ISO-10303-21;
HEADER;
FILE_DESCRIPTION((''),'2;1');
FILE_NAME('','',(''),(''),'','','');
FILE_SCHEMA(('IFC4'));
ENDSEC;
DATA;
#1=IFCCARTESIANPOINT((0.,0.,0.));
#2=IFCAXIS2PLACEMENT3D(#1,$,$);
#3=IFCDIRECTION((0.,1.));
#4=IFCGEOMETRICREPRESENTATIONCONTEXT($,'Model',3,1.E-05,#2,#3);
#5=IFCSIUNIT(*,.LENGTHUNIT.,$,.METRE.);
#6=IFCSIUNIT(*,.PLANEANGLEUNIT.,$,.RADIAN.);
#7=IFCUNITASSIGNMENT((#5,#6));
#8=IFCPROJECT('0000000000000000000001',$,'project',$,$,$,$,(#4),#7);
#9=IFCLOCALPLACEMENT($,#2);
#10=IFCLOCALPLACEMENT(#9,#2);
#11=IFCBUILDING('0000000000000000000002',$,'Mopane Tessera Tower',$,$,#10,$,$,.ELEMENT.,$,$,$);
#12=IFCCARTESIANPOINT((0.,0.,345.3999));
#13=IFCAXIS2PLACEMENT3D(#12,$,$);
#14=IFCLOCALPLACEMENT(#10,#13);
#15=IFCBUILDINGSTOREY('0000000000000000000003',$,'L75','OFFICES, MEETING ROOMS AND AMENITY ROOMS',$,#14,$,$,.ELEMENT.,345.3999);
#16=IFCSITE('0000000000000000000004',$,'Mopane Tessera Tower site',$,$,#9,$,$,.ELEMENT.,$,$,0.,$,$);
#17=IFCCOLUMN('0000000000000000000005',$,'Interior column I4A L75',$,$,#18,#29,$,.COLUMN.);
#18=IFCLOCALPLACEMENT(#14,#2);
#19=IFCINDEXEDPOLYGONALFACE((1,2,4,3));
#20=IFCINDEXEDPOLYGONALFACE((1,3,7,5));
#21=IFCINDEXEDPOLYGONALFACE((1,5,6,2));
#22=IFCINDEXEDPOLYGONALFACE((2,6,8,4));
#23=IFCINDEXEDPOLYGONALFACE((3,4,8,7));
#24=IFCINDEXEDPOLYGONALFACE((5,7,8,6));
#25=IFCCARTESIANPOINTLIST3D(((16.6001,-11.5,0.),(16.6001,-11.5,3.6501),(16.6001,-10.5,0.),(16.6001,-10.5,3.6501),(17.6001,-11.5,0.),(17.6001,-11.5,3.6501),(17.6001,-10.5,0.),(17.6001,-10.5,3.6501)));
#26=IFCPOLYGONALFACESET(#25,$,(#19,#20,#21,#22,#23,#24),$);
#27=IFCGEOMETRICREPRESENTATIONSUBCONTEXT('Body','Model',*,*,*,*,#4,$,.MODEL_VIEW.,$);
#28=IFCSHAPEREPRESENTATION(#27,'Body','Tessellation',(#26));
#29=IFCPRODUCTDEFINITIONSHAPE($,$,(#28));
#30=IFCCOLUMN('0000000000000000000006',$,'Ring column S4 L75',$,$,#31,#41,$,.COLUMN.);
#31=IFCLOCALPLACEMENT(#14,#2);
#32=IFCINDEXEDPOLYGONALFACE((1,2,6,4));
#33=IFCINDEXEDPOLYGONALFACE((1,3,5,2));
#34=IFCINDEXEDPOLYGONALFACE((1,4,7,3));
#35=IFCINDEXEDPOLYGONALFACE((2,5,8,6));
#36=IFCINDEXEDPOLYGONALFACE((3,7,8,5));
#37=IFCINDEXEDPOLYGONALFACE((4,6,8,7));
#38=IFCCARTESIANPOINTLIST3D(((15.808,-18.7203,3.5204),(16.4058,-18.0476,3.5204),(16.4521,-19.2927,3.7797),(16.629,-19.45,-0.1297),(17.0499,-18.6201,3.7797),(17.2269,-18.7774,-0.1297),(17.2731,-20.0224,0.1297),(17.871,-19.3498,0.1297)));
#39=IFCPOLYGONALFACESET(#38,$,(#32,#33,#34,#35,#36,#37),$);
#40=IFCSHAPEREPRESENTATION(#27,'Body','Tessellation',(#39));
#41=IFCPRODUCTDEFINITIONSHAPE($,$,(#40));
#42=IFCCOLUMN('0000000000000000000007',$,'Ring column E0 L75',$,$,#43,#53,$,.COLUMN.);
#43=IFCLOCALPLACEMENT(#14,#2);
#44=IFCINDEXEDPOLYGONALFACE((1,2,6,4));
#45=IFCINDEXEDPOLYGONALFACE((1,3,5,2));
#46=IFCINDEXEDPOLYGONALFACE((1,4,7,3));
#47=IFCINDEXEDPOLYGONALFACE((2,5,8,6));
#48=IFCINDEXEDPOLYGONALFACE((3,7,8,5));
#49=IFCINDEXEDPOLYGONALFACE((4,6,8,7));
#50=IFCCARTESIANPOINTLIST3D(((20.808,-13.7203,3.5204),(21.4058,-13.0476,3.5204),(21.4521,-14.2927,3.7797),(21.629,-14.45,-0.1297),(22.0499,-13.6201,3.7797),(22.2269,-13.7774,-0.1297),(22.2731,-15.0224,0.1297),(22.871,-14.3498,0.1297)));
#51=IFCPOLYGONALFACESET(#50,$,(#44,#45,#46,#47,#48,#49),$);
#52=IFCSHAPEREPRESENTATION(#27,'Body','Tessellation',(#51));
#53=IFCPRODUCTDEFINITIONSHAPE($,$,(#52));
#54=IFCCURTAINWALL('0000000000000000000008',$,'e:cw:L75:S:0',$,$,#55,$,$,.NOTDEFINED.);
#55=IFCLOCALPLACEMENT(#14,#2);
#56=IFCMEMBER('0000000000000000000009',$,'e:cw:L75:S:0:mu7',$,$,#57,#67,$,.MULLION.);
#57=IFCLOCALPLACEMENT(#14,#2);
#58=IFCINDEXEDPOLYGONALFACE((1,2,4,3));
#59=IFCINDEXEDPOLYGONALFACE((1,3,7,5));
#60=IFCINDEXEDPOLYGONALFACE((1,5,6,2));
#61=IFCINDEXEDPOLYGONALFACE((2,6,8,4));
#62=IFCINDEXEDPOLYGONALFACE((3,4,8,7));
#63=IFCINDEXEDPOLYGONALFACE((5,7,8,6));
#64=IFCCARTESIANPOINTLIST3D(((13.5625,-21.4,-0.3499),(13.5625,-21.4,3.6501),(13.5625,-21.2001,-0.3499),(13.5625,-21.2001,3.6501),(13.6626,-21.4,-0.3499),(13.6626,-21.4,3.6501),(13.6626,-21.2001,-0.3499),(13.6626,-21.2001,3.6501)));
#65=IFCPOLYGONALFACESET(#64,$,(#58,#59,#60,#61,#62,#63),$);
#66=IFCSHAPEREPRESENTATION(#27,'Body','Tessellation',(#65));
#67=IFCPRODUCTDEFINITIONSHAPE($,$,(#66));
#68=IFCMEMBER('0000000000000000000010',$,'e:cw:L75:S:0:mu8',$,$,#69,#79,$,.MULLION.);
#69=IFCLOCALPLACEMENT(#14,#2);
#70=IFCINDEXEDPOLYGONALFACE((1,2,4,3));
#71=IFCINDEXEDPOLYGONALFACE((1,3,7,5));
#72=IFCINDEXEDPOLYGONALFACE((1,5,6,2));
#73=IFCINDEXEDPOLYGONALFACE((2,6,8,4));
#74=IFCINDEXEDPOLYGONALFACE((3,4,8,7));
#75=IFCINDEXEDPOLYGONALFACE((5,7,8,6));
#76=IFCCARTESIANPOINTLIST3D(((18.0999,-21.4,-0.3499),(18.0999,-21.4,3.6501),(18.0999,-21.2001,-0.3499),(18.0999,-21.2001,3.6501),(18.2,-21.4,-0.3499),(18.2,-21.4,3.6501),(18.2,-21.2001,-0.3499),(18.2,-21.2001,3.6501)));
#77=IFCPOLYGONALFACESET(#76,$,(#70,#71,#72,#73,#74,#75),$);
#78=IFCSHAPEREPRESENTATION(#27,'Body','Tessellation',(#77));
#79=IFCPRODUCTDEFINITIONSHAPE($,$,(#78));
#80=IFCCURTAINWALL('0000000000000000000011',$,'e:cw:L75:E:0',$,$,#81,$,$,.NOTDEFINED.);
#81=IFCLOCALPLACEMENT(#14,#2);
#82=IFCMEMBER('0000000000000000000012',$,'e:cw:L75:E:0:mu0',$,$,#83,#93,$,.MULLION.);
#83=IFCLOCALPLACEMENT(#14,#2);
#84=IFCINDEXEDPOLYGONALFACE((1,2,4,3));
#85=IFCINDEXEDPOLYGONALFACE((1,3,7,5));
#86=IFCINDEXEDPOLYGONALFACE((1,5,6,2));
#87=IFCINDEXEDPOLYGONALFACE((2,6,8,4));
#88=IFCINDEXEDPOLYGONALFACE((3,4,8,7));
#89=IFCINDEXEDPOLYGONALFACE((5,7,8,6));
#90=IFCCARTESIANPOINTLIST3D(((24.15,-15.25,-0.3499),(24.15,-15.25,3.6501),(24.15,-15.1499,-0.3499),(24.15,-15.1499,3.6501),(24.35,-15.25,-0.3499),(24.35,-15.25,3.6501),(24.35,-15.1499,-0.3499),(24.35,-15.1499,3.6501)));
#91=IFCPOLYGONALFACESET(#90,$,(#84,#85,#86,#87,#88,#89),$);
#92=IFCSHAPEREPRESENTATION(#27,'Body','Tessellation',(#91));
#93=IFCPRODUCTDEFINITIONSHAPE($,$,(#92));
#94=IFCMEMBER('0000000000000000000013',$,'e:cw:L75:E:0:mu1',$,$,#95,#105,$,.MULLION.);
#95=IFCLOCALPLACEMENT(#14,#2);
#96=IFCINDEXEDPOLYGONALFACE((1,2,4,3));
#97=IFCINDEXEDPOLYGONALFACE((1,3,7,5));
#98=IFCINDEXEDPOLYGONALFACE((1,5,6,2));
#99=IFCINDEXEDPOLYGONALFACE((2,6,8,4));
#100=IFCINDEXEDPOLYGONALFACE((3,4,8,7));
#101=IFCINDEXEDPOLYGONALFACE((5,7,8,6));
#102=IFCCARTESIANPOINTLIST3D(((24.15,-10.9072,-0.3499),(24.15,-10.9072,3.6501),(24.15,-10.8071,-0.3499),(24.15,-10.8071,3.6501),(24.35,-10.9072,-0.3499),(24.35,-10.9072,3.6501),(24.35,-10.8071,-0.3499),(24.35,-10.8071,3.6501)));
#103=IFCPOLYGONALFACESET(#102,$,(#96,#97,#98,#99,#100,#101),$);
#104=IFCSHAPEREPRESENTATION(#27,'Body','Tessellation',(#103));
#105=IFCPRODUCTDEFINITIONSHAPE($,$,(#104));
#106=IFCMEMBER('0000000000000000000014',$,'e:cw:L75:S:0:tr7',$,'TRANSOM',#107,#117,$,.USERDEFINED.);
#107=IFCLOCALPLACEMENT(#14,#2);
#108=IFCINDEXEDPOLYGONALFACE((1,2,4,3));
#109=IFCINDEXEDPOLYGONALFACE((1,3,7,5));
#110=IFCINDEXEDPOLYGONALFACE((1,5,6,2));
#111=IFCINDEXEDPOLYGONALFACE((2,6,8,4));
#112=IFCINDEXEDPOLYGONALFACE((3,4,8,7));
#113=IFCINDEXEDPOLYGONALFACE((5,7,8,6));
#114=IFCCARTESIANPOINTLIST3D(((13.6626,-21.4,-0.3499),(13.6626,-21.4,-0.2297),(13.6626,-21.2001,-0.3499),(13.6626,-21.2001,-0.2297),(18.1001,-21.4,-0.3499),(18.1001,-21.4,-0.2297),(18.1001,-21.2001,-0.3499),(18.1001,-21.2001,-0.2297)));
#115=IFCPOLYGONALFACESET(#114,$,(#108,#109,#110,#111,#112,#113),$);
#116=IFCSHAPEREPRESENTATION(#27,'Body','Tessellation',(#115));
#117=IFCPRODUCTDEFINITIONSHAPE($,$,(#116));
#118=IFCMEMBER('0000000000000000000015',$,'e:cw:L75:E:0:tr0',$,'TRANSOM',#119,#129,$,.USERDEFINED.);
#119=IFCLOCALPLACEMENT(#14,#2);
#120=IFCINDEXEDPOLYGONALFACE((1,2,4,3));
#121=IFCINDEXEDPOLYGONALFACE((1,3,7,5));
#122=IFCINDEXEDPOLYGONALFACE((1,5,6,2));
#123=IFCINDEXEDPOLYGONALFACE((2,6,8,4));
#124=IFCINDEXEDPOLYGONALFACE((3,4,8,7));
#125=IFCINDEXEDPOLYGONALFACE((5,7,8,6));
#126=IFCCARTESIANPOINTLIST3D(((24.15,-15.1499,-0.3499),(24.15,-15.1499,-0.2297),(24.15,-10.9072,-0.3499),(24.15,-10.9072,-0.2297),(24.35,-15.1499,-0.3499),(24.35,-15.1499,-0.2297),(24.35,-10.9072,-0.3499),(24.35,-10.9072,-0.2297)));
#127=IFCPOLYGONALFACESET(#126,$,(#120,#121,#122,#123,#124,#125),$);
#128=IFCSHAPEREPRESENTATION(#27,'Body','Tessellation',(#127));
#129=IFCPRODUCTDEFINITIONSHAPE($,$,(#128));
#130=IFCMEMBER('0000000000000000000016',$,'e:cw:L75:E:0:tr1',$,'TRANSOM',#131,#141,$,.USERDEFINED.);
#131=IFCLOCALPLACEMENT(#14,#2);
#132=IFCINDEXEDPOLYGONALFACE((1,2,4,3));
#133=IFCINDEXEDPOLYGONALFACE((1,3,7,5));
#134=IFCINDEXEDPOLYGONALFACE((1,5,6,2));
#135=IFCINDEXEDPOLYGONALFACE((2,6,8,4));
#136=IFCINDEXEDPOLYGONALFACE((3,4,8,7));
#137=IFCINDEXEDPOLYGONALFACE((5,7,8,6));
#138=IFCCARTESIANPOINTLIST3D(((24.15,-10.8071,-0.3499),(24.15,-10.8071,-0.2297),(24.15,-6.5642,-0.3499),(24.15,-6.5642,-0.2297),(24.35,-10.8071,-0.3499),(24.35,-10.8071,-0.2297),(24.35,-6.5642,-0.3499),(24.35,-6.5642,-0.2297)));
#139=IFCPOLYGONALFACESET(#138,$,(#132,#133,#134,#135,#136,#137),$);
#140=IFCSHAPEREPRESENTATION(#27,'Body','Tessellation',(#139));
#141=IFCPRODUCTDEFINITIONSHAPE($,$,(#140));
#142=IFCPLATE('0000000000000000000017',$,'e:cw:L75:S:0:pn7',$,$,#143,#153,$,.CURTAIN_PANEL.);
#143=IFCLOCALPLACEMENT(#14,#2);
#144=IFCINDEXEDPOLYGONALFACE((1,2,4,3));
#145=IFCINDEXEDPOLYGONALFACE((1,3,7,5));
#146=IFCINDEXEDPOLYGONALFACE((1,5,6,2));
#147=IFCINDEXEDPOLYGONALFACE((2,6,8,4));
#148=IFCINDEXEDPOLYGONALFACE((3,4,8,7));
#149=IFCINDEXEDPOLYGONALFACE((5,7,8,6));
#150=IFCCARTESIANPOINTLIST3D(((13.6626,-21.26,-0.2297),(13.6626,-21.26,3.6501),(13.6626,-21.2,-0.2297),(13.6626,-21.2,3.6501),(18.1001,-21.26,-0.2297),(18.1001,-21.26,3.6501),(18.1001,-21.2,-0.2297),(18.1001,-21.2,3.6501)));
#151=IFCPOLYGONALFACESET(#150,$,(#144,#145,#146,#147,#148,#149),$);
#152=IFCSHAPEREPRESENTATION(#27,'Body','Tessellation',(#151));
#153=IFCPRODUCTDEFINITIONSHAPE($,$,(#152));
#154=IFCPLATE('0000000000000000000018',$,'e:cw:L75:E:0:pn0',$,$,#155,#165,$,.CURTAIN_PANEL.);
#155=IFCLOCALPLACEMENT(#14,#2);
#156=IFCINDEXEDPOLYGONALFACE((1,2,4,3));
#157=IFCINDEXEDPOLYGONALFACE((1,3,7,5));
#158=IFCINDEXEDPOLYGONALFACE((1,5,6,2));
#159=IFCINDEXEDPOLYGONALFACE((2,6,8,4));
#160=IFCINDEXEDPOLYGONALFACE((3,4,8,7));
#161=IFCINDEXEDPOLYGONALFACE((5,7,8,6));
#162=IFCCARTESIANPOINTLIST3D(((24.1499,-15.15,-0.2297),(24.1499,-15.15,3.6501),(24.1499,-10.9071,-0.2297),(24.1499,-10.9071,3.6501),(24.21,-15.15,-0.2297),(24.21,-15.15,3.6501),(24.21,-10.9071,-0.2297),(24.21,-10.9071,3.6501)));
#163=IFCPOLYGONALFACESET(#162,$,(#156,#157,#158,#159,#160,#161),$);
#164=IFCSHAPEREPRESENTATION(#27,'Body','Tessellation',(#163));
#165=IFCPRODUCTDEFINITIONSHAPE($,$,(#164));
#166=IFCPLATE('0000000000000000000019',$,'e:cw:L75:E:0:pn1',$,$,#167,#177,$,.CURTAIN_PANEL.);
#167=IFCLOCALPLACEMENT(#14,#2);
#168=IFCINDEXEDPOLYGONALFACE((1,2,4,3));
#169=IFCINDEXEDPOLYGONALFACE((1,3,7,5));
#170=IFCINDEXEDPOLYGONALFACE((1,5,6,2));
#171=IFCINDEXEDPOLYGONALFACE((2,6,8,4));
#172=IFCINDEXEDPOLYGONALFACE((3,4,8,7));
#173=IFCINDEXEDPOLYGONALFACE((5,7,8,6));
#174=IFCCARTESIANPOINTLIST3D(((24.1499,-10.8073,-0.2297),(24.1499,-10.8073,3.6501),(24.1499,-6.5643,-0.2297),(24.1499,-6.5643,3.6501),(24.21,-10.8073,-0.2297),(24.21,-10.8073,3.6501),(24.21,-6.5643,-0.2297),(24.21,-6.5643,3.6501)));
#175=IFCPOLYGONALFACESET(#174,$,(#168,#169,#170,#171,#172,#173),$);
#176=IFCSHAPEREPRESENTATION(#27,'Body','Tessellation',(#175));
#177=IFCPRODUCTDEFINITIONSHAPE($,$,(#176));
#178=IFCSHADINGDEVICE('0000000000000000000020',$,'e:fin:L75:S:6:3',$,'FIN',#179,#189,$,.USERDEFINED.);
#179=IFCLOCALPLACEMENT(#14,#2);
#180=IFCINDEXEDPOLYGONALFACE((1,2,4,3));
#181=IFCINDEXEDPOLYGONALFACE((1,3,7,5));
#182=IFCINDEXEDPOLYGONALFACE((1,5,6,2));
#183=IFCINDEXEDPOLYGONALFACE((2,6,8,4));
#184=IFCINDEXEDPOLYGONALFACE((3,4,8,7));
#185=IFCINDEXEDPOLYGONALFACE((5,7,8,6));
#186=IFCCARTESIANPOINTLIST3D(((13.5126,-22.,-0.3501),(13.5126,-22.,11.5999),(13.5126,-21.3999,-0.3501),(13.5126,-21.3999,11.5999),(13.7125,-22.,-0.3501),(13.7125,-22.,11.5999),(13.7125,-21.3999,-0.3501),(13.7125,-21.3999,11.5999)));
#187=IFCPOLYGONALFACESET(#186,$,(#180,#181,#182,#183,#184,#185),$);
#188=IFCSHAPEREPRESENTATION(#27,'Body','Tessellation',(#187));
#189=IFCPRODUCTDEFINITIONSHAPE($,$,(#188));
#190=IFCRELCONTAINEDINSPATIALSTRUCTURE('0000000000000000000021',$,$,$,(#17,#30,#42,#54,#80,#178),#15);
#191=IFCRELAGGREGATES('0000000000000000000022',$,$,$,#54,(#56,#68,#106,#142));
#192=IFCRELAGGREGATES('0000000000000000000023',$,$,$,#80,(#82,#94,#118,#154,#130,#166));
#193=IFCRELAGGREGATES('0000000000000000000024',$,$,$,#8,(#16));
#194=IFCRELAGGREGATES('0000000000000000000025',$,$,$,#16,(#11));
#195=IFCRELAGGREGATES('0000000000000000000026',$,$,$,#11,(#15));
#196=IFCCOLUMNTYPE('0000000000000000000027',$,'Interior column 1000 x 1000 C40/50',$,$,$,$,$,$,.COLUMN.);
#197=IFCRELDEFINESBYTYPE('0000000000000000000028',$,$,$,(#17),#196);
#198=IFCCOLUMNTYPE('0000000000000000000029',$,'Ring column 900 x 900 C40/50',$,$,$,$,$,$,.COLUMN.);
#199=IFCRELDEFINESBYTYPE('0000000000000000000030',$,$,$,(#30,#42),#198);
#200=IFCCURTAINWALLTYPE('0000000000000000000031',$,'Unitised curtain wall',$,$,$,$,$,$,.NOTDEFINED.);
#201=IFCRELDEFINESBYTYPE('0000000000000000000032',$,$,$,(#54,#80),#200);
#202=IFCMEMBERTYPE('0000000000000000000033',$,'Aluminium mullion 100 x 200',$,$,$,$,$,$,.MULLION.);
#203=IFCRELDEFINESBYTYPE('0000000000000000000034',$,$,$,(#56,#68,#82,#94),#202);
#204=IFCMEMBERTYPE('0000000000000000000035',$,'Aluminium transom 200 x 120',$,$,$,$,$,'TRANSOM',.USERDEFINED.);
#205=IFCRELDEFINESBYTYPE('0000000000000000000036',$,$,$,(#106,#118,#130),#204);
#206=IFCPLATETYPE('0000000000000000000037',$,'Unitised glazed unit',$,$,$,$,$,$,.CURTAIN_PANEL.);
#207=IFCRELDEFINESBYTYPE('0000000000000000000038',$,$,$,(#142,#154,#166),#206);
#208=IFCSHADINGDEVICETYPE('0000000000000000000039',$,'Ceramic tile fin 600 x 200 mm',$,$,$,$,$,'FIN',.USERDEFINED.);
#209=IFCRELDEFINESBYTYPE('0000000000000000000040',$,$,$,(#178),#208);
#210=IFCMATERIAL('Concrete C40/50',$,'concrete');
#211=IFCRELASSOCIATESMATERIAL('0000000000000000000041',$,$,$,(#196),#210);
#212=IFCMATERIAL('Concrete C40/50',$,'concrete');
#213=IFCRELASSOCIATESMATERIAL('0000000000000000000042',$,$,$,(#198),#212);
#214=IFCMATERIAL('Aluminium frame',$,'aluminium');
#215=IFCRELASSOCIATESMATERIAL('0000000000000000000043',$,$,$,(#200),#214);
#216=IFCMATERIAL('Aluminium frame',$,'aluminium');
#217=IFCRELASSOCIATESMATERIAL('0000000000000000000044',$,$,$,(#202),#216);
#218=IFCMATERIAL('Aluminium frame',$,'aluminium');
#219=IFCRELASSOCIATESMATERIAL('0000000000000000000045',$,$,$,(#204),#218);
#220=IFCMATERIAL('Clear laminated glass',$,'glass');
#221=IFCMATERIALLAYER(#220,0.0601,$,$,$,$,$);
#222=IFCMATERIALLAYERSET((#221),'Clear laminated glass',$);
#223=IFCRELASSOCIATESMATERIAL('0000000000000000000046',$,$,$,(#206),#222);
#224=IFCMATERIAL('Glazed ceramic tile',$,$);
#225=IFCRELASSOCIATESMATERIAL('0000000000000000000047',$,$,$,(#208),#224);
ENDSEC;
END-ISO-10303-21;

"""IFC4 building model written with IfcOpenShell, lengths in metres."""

from ifc_helpers import new_model, si_unit, direction, frame, origin, origin_2d, place, context, subcontext, project, spatial, rectangle, extrude, material, layer, layer_set, material_profile, profile_set, type_object, element, aggregate, save


model = new_model("IFC4")

# Units and contexts
model_context = context("Model", 3, precision=1e-05, world=origin(), true_north=direction((0.0, 1.0)))
body_context = subcontext(model_context, "Body", "Model", "MODEL_VIEW")
ifc_project = project(units=[si_unit("LENGTHUNIT", "METRE"), si_unit("PLANEANGLEUNIT", "RADIAN")], contexts=[model_context])

# Site, building, storey
site_placement = place(None, origin())
site = spatial("IfcSite", under=ifc_project, at=site_placement, Name="Mopane Tessera Tower site", CompositionType="ELEMENT", RefElevation=0.0)
building_placement = place(site_placement, origin())
building = spatial("IfcBuilding", under=site, at=building_placement, Name="Mopane Tessera Tower", CompositionType="ELEMENT")
storey_placement = place(building_placement, frame((0.0, 0.0, 345.3999)))
storey = spatial("IfcBuildingStorey", under=building, at=storey_placement, Name="L75", Description="OFFICES, MEETING ROOMS AND AMENITY ROOMS", CompositionType="ELEMENT", Elevation=345.3999)

# Columns
ifc_material_1 = material(Name="Concrete C40/50", Category="concrete")
ifc_material_profile_1 = material_profile(ifc_material_1, rectangle(XDim=1.0, YDim=1.0, at=origin_2d()))
ifc_profile_set_1 = profile_set([ifc_material_profile_1], Name="Concrete C40/50")
column_type_1 = type_object("IfcColumnType", Name="Interior column 1000 x 1000 C40/50", PredefinedType="COLUMN", material=ifc_profile_set_1)
column_placement = place(storey_placement, frame((17.1001, -11.0, 0.0), z_axis=(0.0, 0.0, 1.0), x_axis=(1.0, 0.0, 0.0)))
element("IfcColumn", 1, at=column_placement, inside=storey, type_object=column_type_1, Name="Interior column I4A L75", PredefinedType="COLUMN", context=body_context, shape_type="SweptSolid", body=[
    extrude(rectangle(XDim=1.0, YDim=1.0, at=origin_2d()), origin(), (0.0, 0.0, 1.0), 3.6501),
])
ifc_material_2 = material(Name="Concrete C40/50", Category="concrete")
ifc_material_profile_2 = material_profile(ifc_material_2, rectangle(XDim=0.8999, YDim=0.8999, at=origin_2d()))
ifc_profile_set_2 = profile_set([ifc_material_profile_2], Name="Concrete C40/50")
column_type_2 = type_object("IfcColumnType", Name="Ring column 900 x 900 C40/50", PredefinedType="COLUMN", material=ifc_profile_set_2)
for number, where, z_axis, x_axis, name in (
    (2, (17.25, -19.3999, 0.0), (-0.215393, 0.191439, 0.957579), (-0.664322, -0.747446, 0.0), "Ring column S4 L75"),
    (3, (22.25, -14.3999, 0.0), (-0.215393, 0.191439, 0.957579), (-0.664322, -0.747446, 0.0), "Ring column E0 L75"),
):
    element("IfcColumn", number, at=place(storey_placement, frame(where, z_axis=z_axis, x_axis=x_axis)), inside=storey, type_object=column_type_2, Name=name, PredefinedType="COLUMN", context=body_context, shape_type="SweptSolid", body=[
        extrude(rectangle(XDim=0.8999, YDim=0.8999, at=origin_2d()), origin(), (0.0, 0.0, 1.0), 3.8118),
    ])

# Curtain walls, members
ifc_material_3 = material(Name="Aluminium frame", Category="aluminium")
curtain_wall_type = type_object("IfcCurtainWallType", Name="Unitised curtain wall", PredefinedType="NOTDEFINED", material=ifc_material_3)
curtain_wall_1_placement = place(storey_placement, origin())
curtain_wall_1 = element("IfcCurtainWall", 4, at=curtain_wall_1_placement, inside=storey, type_object=curtain_wall_type, Name="e:cw:L75:S:0", PredefinedType="NOTDEFINED")
ifc_material_4 = material(Name="Aluminium frame", Category="aluminium")
ifc_material_profile_3 = material_profile(ifc_material_4, rectangle(XDim=0.1001, YDim=0.2, at=origin_2d()))
ifc_profile_set_3 = profile_set([ifc_material_profile_3], Name="Aluminium frame")
member_type_1 = type_object("IfcMemberType", Name="Aluminium mullion 100 x 200", PredefinedType="MULLION", material=ifc_profile_set_3)
member_1_placement = place(storey_placement, frame((13.6125, -21.3, -0.3499), z_axis=(0.0, 0.0, 1.0), x_axis=(1.0, 0.0, 0.0)))
member_1 = element("IfcMember", 5, at=member_1_placement, type_object=member_type_1, Name="e:cw:L75:S:0:mu7", PredefinedType="MULLION", context=body_context, shape_type="SweptSolid", body=[
    extrude(rectangle(XDim=0.1001, YDim=0.2, at=origin_2d()), origin(), (0.0, 0.0, 1.0), 4.0),
])
member_2_placement = place(storey_placement, frame((18.1499, -21.3, -0.3499), z_axis=(0.0, 0.0, 1.0), x_axis=(1.0, 0.0, 0.0)))
member_2 = element("IfcMember", 6, at=member_2_placement, type_object=member_type_1, Name="e:cw:L75:S:0:mu8", PredefinedType="MULLION", context=body_context, shape_type="SweptSolid", body=[
    extrude(rectangle(XDim=0.1001, YDim=0.2, at=origin_2d()), origin(), (0.0, 0.0, 1.0), 4.0),
])
curtain_wall_2_placement = place(storey_placement, origin())
curtain_wall_2 = element("IfcCurtainWall", 7, at=curtain_wall_2_placement, inside=storey, type_object=curtain_wall_type, Name="e:cw:L75:E:0", PredefinedType="NOTDEFINED")
member_3_placement = place(storey_placement, frame((24.25, -15.2, -0.3499), z_axis=(0.0, 0.0, 1.0), x_axis=(0.0, 1.0, 0.0)))
member_3 = element("IfcMember", 8, at=member_3_placement, type_object=member_type_1, Name="e:cw:L75:E:0:mu0", PredefinedType="MULLION", context=body_context, shape_type="SweptSolid", body=[
    extrude(rectangle(XDim=0.1001, YDim=0.2, at=origin_2d()), origin(), (0.0, 0.0, 1.0), 4.0),
])
member_4_placement = place(storey_placement, frame((24.25, -10.8572, -0.3499), z_axis=(0.0, 0.0, 1.0), x_axis=(0.0, 1.0, 0.0)))
member_4 = element("IfcMember", 9, at=member_4_placement, type_object=member_type_1, Name="e:cw:L75:E:0:mu1", PredefinedType="MULLION", context=body_context, shape_type="SweptSolid", body=[
    extrude(rectangle(XDim=0.1001, YDim=0.2, at=origin_2d()), origin(), (0.0, 0.0, 1.0), 4.0),
])

# Members
ifc_material_5 = material(Name="Aluminium frame", Category="aluminium")
ifc_material_profile_4 = material_profile(ifc_material_5, rectangle(XDim=0.2, YDim=0.1201, at=origin_2d()))
ifc_profile_set_4 = profile_set([ifc_material_profile_4], Name="Aluminium frame")
member_type_2 = type_object("IfcMemberType", Name="Aluminium transom 200 x 120", ElementType="TRANSOM", PredefinedType="USERDEFINED", material=ifc_profile_set_4)
member_5_placement = place(storey_placement, frame((13.6626, -21.3, -0.2898), z_axis=(1.0, 0.0, 0.0), x_axis=(0.0, 1.0, 0.0)))
member_5 = element("IfcMember", 10, at=member_5_placement, type_object=member_type_2, Name="e:cw:L75:S:0:tr7", ObjectType="TRANSOM", PredefinedType="USERDEFINED", context=body_context, shape_type="SweptSolid", body=[
    extrude(rectangle(XDim=0.2, YDim=0.1201, at=origin_2d()), origin(), (0.0, 0.0, 1.0), 4.4375),
])
member_6_placement = place(storey_placement, frame((24.25, -15.1499, -0.2898), z_axis=(0.0, 1.0, 0.0), x_axis=(-1.0, 0.0, 0.0)))
member_6 = element("IfcMember", 11, at=member_6_placement, type_object=member_type_2, Name="e:cw:L75:E:0:tr0", ObjectType="TRANSOM", PredefinedType="USERDEFINED", context=body_context, shape_type="SweptSolid", body=[
    extrude(rectangle(XDim=0.2, YDim=0.1201, at=origin_2d()), origin(), (0.0, 0.0, 1.0), 4.2427),
])
member_7_placement = place(storey_placement, frame((24.25, -10.8071, -0.2898), z_axis=(0.0, 1.0, 0.0), x_axis=(-1.0, 0.0, 0.0)))
member_7 = element("IfcMember", 12, at=member_7_placement, type_object=member_type_2, Name="e:cw:L75:E:0:tr1", ObjectType="TRANSOM", PredefinedType="USERDEFINED", context=body_context, shape_type="SweptSolid", body=[
    extrude(rectangle(XDim=0.2, YDim=0.1201, at=origin_2d()), origin(), (0.0, 0.0, 1.0), 4.2429),
])

# Plates
ifc_material_6 = material(Name="Clear laminated glass", Category="glass")
ifc_layer = layer(ifc_material_6, 0.0601)
ifc_layer_set = layer_set([ifc_layer], Name="Clear laminated glass")
plate_type = type_object("IfcPlateType", Name="Unitised glazed unit", PredefinedType="CURTAIN_PANEL", material=ifc_layer_set)
plate_1_placement = place(storey_placement, frame((15.8813, -21.23, -0.2297), z_axis=(0.0, 0.0, 1.0), x_axis=(1.0, 0.0, 0.0)))
plate_1 = element("IfcPlate", 13, at=plate_1_placement, type_object=plate_type, Name="e:cw:L75:S:0:pn7", PredefinedType="CURTAIN_PANEL", context=body_context, shape_type="SweptSolid", body=[
    extrude(rectangle(XDim=4.4375, YDim=0.0601, at=origin_2d()), origin(), (0.0, 0.0, 1.0), 3.8799),
])
aggregate(curtain_wall_1, [member_1, member_2, member_5, plate_1])
plate_2_placement = place(storey_placement, frame((24.1799, -13.0286, -0.2297), z_axis=(0.0, 0.0, 1.0), x_axis=(0.0, 1.0, 0.0)))
plate_2 = element("IfcPlate", 14, at=plate_2_placement, type_object=plate_type, Name="e:cw:L75:E:0:pn0", PredefinedType="CURTAIN_PANEL", context=body_context, shape_type="SweptSolid", body=[
    extrude(rectangle(XDim=4.2429, YDim=0.0601, at=origin_2d()), origin(), (0.0, 0.0, 1.0), 3.8799),
])
plate_3_placement = place(storey_placement, frame((24.1799, -8.6858, -0.2297), z_axis=(0.0, 0.0, 1.0), x_axis=(0.0, 1.0, 0.0)))
plate_3 = element("IfcPlate", 15, at=plate_3_placement, type_object=plate_type, Name="e:cw:L75:E:0:pn1", PredefinedType="CURTAIN_PANEL", context=body_context, shape_type="SweptSolid", body=[
    extrude(rectangle(XDim=4.2429, YDim=0.0601, at=origin_2d()), origin(), (0.0, 0.0, 1.0), 3.8799),
])
aggregate(curtain_wall_2, [member_3, member_4, member_6, plate_2, member_7, plate_3])

# Shading device
ifc_material_7 = material(Name="Glazed ceramic tile")
shading_device_type = type_object("IfcShadingDeviceType", Name="Ceramic tile fin 600 x 200 mm", ElementType="FIN", PredefinedType="USERDEFINED", material=ifc_material_7)
for number, where, z_axis, x_axis, name in (
    (16, (13.6125, -21.7, -0.3501), (0.0, 0.0, 1.0), (1.0, 0.0, 0.0), "e:fin:L75:S:6:3"),
):
    element("IfcShadingDevice", number, at=place(storey_placement, frame(where, z_axis=z_axis, x_axis=x_axis)), inside=storey, type_object=shading_device_type, Name=name, ObjectType="FIN", PredefinedType="USERDEFINED", context=body_context, shape_type="SweptSolid", body=[
        extrude(rectangle(XDim=0.2, YDim=0.6001, at=origin_2d()), origin(), (0.0, 0.0, 1.0), 11.95),
    ])

save(model, "model.ifc")
